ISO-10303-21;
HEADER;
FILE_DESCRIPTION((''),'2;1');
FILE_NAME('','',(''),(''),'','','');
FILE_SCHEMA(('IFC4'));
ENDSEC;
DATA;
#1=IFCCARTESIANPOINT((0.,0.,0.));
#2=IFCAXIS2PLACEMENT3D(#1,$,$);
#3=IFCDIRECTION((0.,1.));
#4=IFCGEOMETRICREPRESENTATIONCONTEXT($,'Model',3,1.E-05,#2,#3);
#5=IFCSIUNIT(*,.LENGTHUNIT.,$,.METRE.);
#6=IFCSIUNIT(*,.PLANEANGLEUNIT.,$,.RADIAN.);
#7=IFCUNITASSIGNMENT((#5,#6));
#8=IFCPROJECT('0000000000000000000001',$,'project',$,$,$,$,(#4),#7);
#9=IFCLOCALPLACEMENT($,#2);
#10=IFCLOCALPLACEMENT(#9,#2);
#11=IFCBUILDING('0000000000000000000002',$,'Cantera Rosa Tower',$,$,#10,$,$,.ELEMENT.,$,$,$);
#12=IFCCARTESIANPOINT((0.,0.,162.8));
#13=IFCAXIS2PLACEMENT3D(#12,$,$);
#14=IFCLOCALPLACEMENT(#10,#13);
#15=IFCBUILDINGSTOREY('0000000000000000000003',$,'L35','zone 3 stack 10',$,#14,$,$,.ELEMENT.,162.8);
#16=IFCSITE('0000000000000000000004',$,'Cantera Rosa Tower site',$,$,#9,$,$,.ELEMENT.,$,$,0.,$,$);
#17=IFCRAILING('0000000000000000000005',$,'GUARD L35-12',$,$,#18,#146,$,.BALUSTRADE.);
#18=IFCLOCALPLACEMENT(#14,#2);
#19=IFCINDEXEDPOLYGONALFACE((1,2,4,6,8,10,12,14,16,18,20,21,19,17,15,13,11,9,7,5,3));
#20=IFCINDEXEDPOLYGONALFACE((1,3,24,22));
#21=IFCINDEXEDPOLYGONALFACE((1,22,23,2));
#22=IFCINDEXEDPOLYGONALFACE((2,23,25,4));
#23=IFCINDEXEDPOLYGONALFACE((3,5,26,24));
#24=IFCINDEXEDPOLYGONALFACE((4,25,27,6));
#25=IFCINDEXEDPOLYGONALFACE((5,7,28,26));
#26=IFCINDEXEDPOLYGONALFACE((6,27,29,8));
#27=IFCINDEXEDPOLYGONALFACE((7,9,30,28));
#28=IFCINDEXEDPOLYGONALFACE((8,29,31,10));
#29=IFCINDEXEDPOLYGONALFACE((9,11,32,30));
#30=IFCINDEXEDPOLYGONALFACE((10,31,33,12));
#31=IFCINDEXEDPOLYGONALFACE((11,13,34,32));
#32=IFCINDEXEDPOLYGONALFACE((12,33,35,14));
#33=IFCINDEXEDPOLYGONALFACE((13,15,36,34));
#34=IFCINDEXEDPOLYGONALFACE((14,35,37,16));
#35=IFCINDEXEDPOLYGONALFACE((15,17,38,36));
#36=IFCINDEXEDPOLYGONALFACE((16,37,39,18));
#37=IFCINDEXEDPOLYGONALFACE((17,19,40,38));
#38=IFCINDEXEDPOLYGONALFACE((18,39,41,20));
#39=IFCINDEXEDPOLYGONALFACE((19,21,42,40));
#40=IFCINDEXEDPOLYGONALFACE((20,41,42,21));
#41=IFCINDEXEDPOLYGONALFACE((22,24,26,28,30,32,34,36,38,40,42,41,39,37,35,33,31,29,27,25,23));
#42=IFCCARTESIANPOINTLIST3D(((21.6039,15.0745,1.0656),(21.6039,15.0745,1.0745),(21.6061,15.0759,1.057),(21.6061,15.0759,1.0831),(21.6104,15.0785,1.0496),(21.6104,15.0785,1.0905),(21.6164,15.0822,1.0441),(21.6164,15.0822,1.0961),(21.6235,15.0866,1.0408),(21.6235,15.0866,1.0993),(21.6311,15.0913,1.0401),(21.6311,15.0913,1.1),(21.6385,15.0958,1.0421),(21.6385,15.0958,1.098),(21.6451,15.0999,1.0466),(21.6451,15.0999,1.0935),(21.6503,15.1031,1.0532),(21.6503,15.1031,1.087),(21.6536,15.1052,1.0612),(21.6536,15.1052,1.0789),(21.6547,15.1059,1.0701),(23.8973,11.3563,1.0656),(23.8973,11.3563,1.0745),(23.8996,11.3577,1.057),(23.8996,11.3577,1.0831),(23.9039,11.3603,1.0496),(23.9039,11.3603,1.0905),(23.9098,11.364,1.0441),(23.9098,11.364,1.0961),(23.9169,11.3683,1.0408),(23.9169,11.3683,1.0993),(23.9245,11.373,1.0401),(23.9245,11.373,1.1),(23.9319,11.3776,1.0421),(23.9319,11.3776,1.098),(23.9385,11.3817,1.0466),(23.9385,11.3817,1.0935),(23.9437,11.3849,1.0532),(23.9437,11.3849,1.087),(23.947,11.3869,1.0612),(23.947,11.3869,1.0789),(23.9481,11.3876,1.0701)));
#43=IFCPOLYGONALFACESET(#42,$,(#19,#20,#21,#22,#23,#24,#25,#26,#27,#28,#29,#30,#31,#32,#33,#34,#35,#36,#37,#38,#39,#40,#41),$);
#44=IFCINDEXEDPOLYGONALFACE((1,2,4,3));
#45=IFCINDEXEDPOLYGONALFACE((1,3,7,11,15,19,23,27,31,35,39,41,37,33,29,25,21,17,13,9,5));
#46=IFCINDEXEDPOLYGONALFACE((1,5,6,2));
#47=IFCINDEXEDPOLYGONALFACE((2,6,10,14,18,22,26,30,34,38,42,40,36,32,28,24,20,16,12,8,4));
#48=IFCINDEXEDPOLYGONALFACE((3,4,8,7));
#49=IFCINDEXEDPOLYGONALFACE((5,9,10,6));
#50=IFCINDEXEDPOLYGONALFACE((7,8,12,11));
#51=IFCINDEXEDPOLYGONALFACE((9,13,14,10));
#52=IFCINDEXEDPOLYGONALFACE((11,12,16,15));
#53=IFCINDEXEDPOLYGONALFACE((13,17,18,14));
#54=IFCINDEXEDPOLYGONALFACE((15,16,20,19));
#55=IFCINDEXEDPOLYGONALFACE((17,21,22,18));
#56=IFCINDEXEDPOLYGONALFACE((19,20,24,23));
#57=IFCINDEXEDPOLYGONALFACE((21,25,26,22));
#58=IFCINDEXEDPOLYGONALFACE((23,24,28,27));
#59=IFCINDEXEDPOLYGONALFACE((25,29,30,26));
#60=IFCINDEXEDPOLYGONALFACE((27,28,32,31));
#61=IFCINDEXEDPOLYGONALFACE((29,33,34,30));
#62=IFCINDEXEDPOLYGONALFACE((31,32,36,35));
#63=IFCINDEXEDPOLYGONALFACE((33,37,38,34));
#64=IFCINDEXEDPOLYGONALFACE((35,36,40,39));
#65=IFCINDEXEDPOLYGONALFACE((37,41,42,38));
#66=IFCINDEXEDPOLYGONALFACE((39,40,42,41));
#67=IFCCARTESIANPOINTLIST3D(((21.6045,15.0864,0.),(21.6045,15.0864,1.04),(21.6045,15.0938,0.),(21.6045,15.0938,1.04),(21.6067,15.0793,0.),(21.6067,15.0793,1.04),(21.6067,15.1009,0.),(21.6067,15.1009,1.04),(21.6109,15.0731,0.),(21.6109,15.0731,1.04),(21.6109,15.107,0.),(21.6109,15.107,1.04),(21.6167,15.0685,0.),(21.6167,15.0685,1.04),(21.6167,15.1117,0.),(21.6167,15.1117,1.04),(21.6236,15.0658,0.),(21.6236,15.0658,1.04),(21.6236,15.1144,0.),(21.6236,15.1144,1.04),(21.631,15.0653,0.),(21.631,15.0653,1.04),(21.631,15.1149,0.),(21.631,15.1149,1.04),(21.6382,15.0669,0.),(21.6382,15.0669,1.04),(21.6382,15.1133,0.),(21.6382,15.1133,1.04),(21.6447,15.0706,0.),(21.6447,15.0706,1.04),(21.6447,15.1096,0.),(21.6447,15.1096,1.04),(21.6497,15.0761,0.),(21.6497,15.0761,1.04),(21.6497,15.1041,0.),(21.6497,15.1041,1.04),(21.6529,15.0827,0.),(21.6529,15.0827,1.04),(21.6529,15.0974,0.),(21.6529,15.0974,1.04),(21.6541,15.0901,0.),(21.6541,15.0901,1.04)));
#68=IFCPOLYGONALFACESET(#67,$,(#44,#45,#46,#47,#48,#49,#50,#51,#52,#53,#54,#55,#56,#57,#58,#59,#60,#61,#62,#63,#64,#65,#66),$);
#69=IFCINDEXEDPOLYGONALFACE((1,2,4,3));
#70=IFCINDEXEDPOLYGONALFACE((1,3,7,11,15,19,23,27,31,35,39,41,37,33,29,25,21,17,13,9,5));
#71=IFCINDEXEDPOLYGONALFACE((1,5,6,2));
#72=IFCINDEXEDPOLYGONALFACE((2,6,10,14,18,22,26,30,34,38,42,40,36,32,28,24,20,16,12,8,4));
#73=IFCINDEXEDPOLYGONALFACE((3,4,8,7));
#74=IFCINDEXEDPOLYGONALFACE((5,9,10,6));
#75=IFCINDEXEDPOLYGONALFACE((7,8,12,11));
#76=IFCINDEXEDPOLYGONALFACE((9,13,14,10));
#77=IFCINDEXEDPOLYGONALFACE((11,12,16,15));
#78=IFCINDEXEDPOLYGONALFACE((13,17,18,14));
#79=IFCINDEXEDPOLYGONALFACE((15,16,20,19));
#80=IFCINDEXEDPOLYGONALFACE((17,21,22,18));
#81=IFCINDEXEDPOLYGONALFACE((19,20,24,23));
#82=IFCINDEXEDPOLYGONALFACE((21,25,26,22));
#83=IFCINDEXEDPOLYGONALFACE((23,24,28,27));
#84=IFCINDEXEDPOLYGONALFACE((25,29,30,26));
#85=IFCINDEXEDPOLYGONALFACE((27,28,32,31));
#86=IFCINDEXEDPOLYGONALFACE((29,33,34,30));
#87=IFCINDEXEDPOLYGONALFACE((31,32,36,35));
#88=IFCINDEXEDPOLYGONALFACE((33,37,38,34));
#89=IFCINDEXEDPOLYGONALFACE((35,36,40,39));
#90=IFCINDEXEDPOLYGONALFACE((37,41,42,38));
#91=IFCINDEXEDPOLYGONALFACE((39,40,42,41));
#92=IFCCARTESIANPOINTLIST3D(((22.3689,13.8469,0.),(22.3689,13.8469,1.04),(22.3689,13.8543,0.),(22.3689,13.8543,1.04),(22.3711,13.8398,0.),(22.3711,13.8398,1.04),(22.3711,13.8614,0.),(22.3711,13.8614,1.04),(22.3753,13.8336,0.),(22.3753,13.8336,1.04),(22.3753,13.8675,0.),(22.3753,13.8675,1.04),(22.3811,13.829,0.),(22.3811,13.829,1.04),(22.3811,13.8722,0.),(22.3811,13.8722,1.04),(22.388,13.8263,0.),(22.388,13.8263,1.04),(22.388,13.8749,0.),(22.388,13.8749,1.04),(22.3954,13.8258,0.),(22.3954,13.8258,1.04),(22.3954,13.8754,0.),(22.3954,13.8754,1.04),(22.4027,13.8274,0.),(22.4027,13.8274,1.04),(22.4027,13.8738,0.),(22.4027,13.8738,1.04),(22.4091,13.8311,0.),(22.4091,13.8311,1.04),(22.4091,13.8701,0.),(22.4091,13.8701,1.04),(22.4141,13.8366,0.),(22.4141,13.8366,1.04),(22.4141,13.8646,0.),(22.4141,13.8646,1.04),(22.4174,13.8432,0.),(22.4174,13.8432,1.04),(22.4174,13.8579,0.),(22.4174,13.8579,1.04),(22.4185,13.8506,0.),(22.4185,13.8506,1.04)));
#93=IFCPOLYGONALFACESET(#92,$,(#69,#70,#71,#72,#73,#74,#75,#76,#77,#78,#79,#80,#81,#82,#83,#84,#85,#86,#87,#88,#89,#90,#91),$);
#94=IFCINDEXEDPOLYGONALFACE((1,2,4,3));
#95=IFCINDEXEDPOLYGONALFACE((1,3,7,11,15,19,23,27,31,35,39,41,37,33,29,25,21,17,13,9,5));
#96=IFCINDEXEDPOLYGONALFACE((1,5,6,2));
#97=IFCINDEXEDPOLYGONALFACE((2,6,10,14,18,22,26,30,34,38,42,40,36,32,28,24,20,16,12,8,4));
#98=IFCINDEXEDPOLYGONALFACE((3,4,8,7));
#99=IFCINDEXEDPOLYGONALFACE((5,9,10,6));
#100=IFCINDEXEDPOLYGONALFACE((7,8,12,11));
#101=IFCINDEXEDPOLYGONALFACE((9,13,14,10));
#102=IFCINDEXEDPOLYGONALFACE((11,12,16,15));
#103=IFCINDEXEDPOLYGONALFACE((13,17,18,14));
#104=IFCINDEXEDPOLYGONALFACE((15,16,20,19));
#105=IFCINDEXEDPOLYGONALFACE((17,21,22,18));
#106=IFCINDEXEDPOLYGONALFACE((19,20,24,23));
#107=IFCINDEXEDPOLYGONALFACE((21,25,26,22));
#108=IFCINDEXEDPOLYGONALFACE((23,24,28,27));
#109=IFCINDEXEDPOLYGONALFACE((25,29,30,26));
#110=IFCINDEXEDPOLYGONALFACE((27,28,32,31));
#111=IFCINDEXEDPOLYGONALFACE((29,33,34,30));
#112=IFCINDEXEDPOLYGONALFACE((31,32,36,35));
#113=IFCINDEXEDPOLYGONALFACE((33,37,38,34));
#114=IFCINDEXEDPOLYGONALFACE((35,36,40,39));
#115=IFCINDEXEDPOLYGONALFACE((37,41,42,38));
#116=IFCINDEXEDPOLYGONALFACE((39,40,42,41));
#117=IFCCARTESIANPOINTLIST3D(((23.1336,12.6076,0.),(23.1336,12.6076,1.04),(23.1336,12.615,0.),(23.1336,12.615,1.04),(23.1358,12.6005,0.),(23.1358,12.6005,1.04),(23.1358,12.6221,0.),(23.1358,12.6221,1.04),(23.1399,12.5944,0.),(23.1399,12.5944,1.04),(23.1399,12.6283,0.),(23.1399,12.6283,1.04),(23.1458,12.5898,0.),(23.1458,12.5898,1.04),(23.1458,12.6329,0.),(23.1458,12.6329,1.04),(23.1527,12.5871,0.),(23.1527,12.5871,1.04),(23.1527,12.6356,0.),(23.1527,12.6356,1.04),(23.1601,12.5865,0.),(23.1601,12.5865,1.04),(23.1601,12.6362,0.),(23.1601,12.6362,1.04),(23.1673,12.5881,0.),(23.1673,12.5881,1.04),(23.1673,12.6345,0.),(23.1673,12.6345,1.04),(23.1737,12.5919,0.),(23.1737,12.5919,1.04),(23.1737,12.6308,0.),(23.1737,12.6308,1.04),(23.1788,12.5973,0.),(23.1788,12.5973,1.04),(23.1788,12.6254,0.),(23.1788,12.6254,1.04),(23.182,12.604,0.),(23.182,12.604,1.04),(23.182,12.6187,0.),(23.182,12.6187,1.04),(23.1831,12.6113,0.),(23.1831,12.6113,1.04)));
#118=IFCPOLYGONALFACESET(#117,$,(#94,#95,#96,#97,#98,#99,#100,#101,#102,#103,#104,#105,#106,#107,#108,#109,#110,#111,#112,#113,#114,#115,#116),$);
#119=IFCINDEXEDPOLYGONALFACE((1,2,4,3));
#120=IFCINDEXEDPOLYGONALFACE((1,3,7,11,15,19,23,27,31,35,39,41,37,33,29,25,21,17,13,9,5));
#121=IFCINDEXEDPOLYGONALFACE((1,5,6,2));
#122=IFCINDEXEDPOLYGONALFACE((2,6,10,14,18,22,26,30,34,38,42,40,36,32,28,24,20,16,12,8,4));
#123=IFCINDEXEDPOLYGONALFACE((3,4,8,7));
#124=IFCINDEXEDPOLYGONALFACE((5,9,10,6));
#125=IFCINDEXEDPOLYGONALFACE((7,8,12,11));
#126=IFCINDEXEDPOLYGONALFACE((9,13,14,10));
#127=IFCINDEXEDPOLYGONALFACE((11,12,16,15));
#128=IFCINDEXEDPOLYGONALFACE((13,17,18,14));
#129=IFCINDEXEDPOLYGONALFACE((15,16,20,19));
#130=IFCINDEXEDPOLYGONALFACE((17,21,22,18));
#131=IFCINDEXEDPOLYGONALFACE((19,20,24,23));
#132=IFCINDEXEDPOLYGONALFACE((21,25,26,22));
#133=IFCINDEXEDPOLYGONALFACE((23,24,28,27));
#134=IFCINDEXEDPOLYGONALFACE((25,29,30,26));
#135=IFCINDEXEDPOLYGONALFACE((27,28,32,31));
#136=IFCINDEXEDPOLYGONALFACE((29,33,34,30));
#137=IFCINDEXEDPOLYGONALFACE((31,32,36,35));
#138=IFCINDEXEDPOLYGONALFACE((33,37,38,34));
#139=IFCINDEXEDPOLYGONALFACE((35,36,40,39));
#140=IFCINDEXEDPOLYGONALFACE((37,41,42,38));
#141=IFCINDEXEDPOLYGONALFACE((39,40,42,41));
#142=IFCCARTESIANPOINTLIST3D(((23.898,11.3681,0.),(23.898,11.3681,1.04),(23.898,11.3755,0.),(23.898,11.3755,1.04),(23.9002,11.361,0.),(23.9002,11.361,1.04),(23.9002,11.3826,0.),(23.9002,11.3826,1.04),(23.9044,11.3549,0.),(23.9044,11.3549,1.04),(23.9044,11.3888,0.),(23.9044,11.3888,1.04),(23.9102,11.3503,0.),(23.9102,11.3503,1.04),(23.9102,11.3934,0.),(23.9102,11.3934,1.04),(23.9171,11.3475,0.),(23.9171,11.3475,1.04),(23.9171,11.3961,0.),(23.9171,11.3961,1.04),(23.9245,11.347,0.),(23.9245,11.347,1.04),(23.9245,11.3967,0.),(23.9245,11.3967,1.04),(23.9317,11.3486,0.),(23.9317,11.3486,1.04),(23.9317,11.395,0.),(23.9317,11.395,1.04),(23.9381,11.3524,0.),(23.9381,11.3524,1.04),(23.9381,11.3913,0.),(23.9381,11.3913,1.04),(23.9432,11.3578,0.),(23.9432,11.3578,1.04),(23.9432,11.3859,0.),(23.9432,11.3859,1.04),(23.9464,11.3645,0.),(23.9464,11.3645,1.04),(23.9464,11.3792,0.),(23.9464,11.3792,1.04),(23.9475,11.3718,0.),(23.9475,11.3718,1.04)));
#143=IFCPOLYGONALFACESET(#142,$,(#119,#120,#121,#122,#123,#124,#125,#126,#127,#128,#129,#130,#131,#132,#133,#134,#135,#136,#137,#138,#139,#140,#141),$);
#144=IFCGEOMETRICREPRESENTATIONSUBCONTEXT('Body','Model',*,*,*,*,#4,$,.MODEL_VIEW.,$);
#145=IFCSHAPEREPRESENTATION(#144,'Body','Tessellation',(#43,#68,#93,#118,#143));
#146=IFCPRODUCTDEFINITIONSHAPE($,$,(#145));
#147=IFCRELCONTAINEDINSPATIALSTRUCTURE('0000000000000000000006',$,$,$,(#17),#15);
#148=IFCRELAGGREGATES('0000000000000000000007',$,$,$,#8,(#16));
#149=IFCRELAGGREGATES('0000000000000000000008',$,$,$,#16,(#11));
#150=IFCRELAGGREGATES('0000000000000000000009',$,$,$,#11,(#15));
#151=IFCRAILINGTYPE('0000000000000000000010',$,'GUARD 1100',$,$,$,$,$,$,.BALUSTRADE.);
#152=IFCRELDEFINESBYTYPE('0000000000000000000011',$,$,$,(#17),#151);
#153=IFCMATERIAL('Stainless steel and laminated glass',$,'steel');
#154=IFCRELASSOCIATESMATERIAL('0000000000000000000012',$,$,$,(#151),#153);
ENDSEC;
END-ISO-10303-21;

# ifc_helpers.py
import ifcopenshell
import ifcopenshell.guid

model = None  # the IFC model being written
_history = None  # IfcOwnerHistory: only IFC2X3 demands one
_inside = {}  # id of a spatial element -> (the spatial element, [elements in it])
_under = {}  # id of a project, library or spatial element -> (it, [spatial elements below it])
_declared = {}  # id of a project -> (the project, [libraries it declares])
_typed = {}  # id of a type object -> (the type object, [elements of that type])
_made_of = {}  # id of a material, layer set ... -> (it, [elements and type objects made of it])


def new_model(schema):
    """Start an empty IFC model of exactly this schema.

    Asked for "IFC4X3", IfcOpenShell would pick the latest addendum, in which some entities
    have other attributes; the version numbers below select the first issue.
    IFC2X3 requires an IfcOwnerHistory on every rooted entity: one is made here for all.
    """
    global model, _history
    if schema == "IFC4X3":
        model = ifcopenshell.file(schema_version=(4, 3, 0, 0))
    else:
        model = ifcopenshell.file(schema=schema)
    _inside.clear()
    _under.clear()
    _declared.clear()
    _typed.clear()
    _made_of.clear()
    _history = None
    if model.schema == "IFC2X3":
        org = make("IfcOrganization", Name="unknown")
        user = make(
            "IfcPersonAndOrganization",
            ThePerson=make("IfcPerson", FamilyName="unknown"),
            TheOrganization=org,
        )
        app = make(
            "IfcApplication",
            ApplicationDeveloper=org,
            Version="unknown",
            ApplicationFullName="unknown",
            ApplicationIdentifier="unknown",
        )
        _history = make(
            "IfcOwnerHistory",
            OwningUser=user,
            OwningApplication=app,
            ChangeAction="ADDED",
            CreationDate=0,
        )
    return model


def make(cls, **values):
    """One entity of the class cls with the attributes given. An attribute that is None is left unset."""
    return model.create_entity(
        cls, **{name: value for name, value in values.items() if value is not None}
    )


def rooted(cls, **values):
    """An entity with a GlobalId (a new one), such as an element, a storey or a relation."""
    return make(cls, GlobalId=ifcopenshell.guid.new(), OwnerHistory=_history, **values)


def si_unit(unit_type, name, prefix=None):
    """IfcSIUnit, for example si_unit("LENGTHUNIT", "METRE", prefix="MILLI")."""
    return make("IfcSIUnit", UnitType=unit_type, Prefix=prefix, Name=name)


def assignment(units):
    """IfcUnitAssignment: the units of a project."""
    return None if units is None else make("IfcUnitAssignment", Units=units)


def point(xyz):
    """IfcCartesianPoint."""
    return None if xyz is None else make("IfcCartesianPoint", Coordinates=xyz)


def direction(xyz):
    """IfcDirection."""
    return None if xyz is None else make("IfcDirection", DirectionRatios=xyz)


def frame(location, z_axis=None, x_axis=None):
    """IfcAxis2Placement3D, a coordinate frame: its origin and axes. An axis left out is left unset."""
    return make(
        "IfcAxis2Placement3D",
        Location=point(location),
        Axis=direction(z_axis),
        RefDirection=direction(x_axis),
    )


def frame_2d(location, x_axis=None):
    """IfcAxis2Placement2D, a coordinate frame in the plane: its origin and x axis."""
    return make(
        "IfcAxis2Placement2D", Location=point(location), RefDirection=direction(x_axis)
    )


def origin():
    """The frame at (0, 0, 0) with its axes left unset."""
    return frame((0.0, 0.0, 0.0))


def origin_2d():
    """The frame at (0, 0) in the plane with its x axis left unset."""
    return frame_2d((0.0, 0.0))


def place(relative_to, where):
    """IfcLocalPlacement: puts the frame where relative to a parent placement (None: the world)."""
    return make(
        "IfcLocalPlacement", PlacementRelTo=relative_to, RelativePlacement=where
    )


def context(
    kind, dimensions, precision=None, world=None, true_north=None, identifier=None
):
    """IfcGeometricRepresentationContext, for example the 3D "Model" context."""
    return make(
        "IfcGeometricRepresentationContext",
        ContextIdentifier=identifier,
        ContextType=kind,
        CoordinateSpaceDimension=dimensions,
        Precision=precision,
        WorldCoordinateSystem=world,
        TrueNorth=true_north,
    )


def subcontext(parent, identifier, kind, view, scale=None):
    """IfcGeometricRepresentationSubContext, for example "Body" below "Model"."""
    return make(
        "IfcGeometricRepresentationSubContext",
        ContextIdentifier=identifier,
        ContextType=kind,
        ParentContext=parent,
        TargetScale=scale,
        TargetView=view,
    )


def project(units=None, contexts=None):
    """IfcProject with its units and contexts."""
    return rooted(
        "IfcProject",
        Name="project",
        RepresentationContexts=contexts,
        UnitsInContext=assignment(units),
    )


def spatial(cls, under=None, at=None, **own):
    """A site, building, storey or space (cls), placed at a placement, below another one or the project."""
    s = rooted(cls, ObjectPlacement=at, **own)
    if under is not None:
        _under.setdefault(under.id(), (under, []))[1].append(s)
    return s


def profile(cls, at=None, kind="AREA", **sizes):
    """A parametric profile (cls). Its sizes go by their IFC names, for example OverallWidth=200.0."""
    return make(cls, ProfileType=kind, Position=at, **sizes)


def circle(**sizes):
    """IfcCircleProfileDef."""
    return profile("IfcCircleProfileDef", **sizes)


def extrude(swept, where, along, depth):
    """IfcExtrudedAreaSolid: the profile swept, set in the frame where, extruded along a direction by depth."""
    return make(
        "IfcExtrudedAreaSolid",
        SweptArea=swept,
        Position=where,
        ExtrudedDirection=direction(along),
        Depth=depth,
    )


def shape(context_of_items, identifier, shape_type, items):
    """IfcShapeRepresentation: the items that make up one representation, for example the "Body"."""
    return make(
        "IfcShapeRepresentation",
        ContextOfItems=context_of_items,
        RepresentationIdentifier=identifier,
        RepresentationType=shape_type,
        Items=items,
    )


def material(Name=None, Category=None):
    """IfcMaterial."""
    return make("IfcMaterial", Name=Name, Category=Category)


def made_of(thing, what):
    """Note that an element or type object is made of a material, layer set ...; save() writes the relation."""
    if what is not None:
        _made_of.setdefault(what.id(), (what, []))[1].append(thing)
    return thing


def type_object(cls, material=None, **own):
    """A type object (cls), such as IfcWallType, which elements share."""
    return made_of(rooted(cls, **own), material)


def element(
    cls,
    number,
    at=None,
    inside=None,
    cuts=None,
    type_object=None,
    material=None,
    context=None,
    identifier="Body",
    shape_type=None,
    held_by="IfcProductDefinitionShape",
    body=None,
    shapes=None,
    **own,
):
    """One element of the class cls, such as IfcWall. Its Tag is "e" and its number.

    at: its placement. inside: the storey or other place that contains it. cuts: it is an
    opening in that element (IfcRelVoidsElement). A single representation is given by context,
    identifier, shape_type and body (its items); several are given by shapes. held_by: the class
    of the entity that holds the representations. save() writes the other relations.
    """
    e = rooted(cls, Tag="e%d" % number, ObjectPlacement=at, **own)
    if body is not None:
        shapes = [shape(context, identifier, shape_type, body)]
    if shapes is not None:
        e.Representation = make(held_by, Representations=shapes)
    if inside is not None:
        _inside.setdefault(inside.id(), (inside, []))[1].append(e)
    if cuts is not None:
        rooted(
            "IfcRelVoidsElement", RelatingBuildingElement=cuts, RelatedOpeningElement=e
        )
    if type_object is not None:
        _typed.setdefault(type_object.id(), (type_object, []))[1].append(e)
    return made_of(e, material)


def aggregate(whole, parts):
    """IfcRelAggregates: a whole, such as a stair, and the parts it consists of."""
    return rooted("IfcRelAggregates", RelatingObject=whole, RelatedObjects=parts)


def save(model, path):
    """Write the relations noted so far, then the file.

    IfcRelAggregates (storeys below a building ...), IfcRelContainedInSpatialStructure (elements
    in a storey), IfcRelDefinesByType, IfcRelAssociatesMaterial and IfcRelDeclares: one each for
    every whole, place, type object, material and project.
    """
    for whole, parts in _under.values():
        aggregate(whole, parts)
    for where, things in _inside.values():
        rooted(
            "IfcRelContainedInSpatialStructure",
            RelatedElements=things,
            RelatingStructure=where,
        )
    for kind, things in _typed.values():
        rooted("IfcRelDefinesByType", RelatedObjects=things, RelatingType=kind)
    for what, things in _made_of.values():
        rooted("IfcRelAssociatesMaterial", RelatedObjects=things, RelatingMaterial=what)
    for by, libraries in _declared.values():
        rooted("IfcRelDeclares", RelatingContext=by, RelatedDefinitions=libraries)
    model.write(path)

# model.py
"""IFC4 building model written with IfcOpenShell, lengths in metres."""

from ifc_helpers import new_model, si_unit, direction, frame, origin, origin_2d, place, context, subcontext, project, spatial, circle, extrude, material, type_object, element, save


model = new_model("IFC4")

# Units and contexts
model_context = context("Model", 3, precision=1e-05, world=origin(), true_north=direction((0.0, 1.0)))
body_context = subcontext(model_context, "Body", "Model", "MODEL_VIEW")
ifc_project = project(units=[si_unit("LENGTHUNIT", "METRE"), si_unit("PLANEANGLEUNIT", "RADIAN")], contexts=[model_context])

# Site, building, storey
site_placement = place(None, origin())
site = spatial("IfcSite", under=ifc_project, at=site_placement, Name="Cantera Rosa Tower site", CompositionType="ELEMENT", RefElevation=0.0)
building_placement = place(site_placement, origin())
building = spatial("IfcBuilding", under=site, at=building_placement, Name="Cantera Rosa Tower", CompositionType="ELEMENT")
storey_placement = place(building_placement, frame((0.0, 0.0, 162.8)))
storey = spatial("IfcBuildingStorey", under=building, at=storey_placement, Name="L35", Description="zone 3 stack 10", CompositionType="ELEMENT", Elevation=162.8)

# Railing
ifc_material_1 = material(Name="Stainless steel and laminated glass", Category="steel")
railing_type = type_object("IfcRailingType", Name="GUARD 1100", PredefinedType="BALUSTRADE", material=ifc_material_1)
railing_1_placement = place(storey_placement, frame((21.6292, 15.0901, 0.0)))
element("IfcRailing", 1, at=railing_1_placement, inside=storey, type_object=railing_type, Name="GUARD L35-12", PredefinedType="BALUSTRADE", context=body_context, shape_type="SweptSolid", body=[
    extrude(circle(Radius=0.03, at=origin_2d()), frame((0.0, 0.0, 1.0701), z_axis=(0.524976, -0.851117, 0.0), x_axis=(0.851117, 0.524976, 0.0)), (0.0, 0.0, 1.0), 4.3687),
    extrude(circle(Radius=0.0249, at=origin_2d()), origin(), (0.0, 0.0, 1.0), 1.04),
    extrude(circle(Radius=0.0249, at=origin_2d()), frame((0.7644, -1.2395, 0.0)), (0.0, 0.0, 1.0), 1.04),
    extrude(circle(Radius=0.0249, at=origin_2d()), frame((1.5291, -2.4788, 0.0)), (0.0, 0.0, 1.0), 1.04),
    extrude(circle(Radius=0.0249, at=origin_2d()), frame((2.2935, -3.7183, 0.0)), (0.0, 0.0, 1.0), 1.04),
])

save(model, "model.ifc")
